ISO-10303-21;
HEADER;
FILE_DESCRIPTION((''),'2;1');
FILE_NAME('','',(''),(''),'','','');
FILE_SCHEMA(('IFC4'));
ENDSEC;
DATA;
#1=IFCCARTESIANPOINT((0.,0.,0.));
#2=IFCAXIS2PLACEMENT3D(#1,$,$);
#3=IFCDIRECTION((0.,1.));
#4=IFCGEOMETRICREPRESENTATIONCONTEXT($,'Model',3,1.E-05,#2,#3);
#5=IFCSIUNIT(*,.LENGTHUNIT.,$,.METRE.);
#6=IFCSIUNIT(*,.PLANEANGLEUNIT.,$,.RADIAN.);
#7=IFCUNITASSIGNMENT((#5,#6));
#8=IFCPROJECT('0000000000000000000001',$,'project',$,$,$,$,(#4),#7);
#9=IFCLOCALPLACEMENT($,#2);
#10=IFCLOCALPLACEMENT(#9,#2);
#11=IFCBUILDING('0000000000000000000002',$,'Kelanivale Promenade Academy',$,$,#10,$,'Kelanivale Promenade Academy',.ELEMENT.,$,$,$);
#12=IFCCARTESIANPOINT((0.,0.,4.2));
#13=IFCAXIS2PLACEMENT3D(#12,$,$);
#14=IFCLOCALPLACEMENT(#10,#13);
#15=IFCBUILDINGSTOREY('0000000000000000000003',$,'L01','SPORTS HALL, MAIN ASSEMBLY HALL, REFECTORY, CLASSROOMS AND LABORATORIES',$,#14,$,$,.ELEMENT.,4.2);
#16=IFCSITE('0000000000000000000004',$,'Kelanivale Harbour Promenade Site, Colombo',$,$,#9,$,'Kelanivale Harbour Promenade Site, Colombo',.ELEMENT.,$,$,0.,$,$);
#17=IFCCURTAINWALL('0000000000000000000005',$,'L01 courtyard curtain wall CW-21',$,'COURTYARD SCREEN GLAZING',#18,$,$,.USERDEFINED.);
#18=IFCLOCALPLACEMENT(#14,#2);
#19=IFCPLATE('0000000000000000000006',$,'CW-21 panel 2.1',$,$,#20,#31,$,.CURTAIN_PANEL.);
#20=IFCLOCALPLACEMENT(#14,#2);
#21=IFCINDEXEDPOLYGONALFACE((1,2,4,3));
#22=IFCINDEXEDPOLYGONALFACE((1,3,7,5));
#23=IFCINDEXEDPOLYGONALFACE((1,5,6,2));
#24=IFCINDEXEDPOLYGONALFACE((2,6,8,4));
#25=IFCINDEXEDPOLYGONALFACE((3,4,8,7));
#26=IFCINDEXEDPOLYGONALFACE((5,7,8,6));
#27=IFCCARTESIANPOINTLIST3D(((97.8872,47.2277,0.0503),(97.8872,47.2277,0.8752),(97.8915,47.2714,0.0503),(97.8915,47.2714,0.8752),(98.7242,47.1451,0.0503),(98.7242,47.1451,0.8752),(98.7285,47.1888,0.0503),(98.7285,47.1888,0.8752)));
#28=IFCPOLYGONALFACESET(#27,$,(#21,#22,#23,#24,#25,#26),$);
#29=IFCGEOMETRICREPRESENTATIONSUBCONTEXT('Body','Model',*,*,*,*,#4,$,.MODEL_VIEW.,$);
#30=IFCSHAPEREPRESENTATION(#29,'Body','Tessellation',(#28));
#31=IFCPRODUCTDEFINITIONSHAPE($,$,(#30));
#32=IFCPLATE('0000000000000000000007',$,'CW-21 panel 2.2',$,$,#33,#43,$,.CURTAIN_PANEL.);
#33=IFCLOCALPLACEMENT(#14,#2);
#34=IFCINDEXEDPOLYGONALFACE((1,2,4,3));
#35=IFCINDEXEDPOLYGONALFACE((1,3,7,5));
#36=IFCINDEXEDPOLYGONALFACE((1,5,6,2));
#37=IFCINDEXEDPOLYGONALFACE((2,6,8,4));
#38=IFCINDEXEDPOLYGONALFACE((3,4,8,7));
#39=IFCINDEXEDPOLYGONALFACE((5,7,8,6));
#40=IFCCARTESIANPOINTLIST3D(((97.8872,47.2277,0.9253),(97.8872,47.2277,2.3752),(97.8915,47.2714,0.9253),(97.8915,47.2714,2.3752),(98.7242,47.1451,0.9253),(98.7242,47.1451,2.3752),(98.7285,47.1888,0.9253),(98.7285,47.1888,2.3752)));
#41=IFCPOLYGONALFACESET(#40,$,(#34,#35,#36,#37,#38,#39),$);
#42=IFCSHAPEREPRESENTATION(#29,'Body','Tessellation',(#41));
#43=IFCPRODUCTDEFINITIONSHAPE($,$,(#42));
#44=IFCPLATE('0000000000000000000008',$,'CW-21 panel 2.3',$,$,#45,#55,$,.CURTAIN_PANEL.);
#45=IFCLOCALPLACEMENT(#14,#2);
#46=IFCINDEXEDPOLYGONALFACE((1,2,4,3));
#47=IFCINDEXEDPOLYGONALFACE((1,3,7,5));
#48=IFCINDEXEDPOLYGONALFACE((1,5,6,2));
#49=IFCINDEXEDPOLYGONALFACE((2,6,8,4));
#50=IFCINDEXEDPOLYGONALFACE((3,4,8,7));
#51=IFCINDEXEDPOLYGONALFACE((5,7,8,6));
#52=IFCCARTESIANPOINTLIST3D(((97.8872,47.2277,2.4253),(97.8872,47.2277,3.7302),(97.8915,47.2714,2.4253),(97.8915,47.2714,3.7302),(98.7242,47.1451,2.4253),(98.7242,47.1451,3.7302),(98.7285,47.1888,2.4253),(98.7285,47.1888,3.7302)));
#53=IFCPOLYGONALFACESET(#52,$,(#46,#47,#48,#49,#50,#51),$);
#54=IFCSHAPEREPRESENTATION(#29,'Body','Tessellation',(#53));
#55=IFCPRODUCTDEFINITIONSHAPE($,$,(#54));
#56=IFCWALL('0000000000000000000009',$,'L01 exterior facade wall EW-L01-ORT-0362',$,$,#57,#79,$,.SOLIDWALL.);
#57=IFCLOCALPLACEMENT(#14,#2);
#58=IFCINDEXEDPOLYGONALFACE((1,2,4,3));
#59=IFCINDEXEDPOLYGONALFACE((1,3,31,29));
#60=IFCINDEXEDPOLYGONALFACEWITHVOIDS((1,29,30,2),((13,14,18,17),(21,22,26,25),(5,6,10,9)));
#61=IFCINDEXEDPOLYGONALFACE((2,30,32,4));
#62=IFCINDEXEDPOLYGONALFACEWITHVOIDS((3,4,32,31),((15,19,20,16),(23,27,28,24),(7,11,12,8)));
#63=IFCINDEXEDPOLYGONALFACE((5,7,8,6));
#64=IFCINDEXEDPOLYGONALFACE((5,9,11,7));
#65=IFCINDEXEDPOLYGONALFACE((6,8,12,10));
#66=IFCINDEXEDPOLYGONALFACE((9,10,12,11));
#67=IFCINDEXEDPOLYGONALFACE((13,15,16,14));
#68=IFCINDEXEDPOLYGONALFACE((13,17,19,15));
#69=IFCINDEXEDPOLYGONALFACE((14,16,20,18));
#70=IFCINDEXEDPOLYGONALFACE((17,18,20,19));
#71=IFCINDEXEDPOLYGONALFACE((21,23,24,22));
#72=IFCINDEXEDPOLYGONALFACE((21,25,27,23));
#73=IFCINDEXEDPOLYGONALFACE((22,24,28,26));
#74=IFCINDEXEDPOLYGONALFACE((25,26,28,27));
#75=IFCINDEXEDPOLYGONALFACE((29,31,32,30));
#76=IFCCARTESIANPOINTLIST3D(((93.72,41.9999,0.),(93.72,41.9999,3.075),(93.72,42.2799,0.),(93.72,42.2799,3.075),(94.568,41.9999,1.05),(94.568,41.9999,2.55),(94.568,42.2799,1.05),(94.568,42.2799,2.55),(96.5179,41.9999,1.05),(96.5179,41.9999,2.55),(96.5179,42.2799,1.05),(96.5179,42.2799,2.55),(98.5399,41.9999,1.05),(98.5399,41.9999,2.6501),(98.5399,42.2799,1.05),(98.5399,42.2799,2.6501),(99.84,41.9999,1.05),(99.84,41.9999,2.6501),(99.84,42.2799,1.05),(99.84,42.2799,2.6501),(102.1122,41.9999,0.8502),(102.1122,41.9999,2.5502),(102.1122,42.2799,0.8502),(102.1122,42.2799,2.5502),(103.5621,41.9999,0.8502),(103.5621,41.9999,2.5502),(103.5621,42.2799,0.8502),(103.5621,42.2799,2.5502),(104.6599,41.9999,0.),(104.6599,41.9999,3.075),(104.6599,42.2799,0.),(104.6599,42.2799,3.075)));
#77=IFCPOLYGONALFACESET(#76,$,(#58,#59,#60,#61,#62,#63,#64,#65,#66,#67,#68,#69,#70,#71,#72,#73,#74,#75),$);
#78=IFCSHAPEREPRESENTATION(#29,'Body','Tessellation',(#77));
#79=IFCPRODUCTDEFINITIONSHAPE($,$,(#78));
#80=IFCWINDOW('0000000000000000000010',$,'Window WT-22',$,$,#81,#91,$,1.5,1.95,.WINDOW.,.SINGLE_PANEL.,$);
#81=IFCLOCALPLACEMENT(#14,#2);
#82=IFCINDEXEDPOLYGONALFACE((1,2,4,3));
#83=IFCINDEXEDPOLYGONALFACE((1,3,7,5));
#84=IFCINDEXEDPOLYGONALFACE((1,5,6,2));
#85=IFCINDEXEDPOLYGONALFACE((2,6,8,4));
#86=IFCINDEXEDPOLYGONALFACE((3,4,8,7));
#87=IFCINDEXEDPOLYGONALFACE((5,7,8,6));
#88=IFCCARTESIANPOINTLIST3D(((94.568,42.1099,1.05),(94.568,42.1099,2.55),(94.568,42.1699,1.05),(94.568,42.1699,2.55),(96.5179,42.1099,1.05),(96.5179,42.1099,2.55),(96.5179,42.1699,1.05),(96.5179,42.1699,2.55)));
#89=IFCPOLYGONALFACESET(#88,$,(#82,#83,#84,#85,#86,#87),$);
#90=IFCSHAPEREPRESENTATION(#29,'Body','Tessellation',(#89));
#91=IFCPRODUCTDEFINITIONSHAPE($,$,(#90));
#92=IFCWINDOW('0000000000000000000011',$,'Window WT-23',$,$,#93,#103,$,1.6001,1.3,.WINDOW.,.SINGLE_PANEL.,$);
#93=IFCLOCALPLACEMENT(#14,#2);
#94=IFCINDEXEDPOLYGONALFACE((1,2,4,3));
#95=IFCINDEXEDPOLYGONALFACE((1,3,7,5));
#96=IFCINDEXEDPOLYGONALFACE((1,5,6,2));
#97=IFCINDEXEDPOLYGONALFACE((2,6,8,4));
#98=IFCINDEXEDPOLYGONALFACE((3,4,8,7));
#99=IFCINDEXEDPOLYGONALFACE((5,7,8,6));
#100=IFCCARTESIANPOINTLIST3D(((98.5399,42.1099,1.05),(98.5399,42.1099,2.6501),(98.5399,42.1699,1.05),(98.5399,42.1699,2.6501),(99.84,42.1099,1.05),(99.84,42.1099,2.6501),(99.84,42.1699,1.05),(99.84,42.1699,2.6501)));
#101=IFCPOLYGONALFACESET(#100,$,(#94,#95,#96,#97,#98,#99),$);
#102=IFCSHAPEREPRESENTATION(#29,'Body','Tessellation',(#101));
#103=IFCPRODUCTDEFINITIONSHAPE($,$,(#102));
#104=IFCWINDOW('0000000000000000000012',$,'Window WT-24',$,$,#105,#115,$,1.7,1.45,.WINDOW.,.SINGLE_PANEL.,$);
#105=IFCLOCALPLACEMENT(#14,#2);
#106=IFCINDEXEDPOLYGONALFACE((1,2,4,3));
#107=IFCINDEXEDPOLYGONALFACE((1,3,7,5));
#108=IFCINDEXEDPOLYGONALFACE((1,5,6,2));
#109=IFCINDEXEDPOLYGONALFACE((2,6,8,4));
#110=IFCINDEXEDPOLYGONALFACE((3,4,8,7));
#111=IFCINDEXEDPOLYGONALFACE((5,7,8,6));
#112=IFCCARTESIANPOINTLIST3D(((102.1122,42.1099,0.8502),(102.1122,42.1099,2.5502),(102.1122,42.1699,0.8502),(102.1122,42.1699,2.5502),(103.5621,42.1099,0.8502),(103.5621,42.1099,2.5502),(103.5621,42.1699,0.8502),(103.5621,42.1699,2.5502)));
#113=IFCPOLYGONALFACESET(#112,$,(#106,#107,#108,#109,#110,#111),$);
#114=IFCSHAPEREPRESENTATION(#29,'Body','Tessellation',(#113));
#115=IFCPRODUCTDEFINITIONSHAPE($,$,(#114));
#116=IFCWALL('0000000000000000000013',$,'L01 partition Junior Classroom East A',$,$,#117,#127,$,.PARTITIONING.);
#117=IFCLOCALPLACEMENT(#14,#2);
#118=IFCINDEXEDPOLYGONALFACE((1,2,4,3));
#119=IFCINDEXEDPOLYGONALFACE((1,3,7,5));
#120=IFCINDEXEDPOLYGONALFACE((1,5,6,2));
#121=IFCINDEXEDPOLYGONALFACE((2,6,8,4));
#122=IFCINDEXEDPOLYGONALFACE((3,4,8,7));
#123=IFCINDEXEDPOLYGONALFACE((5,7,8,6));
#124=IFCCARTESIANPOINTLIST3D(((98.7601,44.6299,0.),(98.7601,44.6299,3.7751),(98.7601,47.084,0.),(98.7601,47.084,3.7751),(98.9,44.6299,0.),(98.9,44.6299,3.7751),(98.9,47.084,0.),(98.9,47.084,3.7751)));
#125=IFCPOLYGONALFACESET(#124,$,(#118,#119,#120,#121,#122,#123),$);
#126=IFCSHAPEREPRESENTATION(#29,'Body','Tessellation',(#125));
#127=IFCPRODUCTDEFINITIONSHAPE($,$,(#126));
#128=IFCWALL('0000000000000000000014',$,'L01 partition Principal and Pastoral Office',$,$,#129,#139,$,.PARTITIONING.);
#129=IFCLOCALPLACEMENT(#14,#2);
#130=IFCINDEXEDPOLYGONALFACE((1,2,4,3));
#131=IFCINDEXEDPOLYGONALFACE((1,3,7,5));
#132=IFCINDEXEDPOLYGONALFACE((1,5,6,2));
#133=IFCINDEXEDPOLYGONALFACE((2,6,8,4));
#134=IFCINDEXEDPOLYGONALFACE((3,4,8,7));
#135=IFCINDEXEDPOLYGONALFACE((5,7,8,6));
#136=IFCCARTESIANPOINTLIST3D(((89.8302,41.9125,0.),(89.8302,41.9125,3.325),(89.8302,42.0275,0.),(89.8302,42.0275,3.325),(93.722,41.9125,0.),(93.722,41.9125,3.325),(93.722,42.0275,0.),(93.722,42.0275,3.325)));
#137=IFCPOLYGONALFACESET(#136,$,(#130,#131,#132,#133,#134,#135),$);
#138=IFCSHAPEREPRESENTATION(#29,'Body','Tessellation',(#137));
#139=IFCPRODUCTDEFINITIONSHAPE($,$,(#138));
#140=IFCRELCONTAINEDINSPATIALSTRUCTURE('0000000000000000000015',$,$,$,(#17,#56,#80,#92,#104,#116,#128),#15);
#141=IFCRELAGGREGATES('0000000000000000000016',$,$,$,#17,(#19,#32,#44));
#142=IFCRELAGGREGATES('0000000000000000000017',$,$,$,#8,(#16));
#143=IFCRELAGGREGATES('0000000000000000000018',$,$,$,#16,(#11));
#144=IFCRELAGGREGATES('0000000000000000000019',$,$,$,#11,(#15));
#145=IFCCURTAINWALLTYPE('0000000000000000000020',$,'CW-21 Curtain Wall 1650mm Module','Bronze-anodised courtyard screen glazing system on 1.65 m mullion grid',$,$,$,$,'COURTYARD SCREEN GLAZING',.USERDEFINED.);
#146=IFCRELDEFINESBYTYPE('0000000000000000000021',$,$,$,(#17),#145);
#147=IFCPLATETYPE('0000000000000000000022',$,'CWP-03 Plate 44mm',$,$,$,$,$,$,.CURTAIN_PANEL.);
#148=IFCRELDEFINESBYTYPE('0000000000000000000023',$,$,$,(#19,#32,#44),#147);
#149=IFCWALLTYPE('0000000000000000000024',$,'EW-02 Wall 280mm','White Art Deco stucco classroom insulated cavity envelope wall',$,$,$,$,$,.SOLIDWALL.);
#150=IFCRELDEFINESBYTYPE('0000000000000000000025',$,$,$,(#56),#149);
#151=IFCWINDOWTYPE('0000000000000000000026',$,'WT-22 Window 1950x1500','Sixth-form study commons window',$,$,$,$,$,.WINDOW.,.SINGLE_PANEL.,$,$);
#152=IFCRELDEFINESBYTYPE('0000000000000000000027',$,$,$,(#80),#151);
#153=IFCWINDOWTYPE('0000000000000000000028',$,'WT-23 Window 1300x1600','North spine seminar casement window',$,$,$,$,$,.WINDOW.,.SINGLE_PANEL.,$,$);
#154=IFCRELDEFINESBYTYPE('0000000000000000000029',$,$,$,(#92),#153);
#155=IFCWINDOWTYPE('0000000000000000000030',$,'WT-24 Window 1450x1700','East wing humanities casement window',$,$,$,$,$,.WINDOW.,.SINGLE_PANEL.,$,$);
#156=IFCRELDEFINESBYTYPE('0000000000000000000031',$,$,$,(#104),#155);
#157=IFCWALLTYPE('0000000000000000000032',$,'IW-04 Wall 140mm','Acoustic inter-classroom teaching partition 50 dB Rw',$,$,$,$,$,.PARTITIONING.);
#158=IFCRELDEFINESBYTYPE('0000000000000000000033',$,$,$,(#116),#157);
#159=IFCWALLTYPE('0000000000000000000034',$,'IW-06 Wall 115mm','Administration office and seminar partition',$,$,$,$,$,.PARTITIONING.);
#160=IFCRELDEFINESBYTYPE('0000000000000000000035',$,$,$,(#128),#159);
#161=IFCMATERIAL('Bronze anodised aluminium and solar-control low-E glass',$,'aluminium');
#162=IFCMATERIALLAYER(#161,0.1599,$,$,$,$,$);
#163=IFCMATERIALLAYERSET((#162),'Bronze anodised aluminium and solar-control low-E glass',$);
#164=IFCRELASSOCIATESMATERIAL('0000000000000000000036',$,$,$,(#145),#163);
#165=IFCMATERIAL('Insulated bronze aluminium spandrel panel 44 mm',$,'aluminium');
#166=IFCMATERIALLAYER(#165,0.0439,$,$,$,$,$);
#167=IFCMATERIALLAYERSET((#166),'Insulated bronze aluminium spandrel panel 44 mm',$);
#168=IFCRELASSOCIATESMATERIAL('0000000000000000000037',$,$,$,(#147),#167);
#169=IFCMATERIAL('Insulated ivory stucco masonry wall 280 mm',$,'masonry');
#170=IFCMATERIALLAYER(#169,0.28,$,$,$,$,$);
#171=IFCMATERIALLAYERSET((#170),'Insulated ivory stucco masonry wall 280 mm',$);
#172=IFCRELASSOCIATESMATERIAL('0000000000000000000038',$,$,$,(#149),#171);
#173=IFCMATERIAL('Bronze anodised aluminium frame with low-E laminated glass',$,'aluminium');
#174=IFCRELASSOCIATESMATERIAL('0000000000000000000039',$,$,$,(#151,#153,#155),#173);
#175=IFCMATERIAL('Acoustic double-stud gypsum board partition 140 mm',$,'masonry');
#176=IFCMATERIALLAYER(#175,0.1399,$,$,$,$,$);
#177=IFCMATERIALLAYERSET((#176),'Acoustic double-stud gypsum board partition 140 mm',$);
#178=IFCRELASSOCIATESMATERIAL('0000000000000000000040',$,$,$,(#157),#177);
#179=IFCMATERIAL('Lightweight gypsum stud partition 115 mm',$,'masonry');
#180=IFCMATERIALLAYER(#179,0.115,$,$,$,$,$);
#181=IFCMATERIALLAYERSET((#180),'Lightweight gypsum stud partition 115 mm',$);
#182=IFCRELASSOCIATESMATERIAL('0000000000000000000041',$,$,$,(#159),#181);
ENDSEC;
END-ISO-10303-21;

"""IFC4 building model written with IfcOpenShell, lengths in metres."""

from ifc_helpers import new_model, si_unit, direction, frame, frame_2d, origin, origin_2d, place, context, subcontext, project, spatial, rectangle, extrude, material, layer, layer_set, type_object, element, fill, aggregate, save


model = new_model("IFC4")

# Units and contexts
model_context = context("Model", 3, precision=1e-05, world=origin(), true_north=direction((0.0, 1.0)))
body_context = subcontext(model_context, "Body", "Model", "MODEL_VIEW")
ifc_project = project(units=[si_unit("LENGTHUNIT", "METRE"), si_unit("PLANEANGLEUNIT", "RADIAN")], contexts=[model_context])

# Site, building, storey
site_placement = place(None, origin())
site = spatial("IfcSite", under=ifc_project, at=site_placement, Name="Kelanivale Harbour Promenade Site, Colombo", LongName="Kelanivale Harbour Promenade Site, Colombo", CompositionType="ELEMENT", RefElevation=0.0)
building_placement = place(site_placement, origin())
building = spatial("IfcBuilding", under=site, at=building_placement, Name="Kelanivale Promenade Academy", LongName="Kelanivale Promenade Academy", CompositionType="ELEMENT")
storey_placement = place(building_placement, frame((0.0, 0.0, 4.2)))
storey = spatial("IfcBuildingStorey", under=building, at=storey_placement, Name="L01", Description="SPORTS HALL, MAIN ASSEMBLY HALL, REFECTORY, CLASSROOMS AND LABORATORIES", CompositionType="ELEMENT", Elevation=4.2)

# Curtain wall
ifc_material_1 = material(Name="Bronze anodised aluminium and solar-control low-E glass", Category="aluminium")
ifc_layer_1 = layer(ifc_material_1, 0.1599)
ifc_layer_set_1 = layer_set([ifc_layer_1], Name="Bronze anodised aluminium and solar-control low-E glass")
curtain_wall_type = type_object("IfcCurtainWallType", Name="CW-21 Curtain Wall 1650mm Module", Description="Bronze-anodised courtyard screen glazing system on 1.65 m mullion grid", ElementType="COURTYARD SCREEN GLAZING", PredefinedType="USERDEFINED", material=ifc_layer_set_1)
curtain_wall_placement = place(storey_placement, origin())
curtain_wall = element("IfcCurtainWall", 1, at=curtain_wall_placement, inside=storey, type_object=curtain_wall_type, Name="L01 courtyard curtain wall CW-21", ObjectType="COURTYARD SCREEN GLAZING", PredefinedType="USERDEFINED")

# Plates
ifc_material_2 = material(Name="Insulated bronze aluminium spandrel panel 44 mm", Category="aluminium")
ifc_layer_2 = layer(ifc_material_2, 0.0439)
ifc_layer_set_2 = layer_set([ifc_layer_2], Name="Insulated bronze aluminium spandrel panel 44 mm")
plate_type = type_object("IfcPlateType", Name="CWP-03 Plate 44mm", PredefinedType="CURTAIN_PANEL", material=ifc_layer_set_2)
plate_1_placement = place(storey_placement, frame((98.3079, 47.2083, 0.0503), z_axis=(0.0, 0.0, 1.0), x_axis=(0.995159, -0.098281, 0.0)))
plate_1 = element("IfcPlate", 2, at=plate_1_placement, type_object=plate_type, Name="CW-21 panel 2.1", PredefinedType="CURTAIN_PANEL", context=body_context, shape_type="SweptSolid", body=[
    extrude(rectangle(XDim=0.8411, YDim=0.0439, at=origin_2d()), origin(), (0.0, 0.0, 1.0), 0.825),
])
plate_2_placement = place(storey_placement, frame((98.3079, 47.2083, 0.9253), z_axis=(0.0, 0.0, 1.0), x_axis=(0.995159, -0.098281, 0.0)))
plate_2 = element("IfcPlate", 3, at=plate_2_placement, type_object=plate_type, Name="CW-21 panel 2.2", PredefinedType="CURTAIN_PANEL", context=body_context, shape_type="SweptSolid", body=[
    extrude(rectangle(XDim=0.8411, YDim=0.0439, at=origin_2d()), origin(), (0.0, 0.0, 1.0), 1.45),
])
plate_3_placement = place(storey_placement, frame((98.3079, 47.2083, 2.4253), z_axis=(0.0, 0.0, 1.0), x_axis=(0.995159, -0.098281, 0.0)))
plate_3 = element("IfcPlate", 4, at=plate_3_placement, type_object=plate_type, Name="CW-21 panel 2.3", PredefinedType="CURTAIN_PANEL", context=body_context, shape_type="SweptSolid", body=[
    extrude(rectangle(XDim=0.8411, YDim=0.0439, at=origin_2d()), origin(), (0.0, 0.0, 1.0), 1.3049),
])
aggregate(curtain_wall, [plate_1, plate_2, plate_3])

# Wall, openings, windows
ifc_material_3 = material(Name="Insulated ivory stucco masonry wall 280 mm", Category="masonry")
ifc_layer_3 = layer(ifc_material_3, 0.28)
ifc_layer_set_3 = layer_set([ifc_layer_3], Name="Insulated ivory stucco masonry wall 280 mm")
wall_type_1 = type_object("IfcWallType", Name="EW-02 Wall 280mm", Description="White Art Deco stucco classroom insulated cavity envelope wall", PredefinedType="SOLIDWALL", material=ifc_layer_set_3)
wall_1_placement = place(storey_placement, frame((93.72, 42.1399, 0.0), z_axis=(0.0, 0.0, 1.0), x_axis=(1.0, 0.0, 0.0)))
wall_1 = element("IfcWall", 5, at=wall_1_placement, inside=storey, type_object=wall_type_1, Name="L01 exterior facade wall EW-L01-ORT-0362", PredefinedType="SOLIDWALL", context=body_context, shape_type="SweptSolid", body=[
    extrude(rectangle(XDim=10.9399, YDim=0.28, at=frame_2d((5.47, 0.0))), origin(), (0.0, 0.0, 1.0), 3.075),
])
opening_1_placement = place(wall_1_placement, frame((0.8479, 0.0, 1.05)))
opening_1 = element("IfcOpeningElement", 6, at=opening_1_placement, cuts=wall_1, PredefinedType="OPENING", context=body_context, shape_type="SweptSolid", body=[
    extrude(rectangle(XDim=1.95, YDim=1.5, at=frame_2d((0.9751, 0.75))), frame((0.0, 0.1499, 0.0), z_axis=(0.0, -1.0, 0.0), x_axis=(1.0, 0.0, 0.0)), (0.0, 0.0, 1.0), 0.3),
])
opening_2_placement = place(wall_1_placement, frame((4.8201, 0.0, 1.05)))
opening_2 = element("IfcOpeningElement", 7, at=opening_2_placement, cuts=wall_1, PredefinedType="OPENING", context=body_context, shape_type="SweptSolid", body=[
    extrude(rectangle(XDim=1.3, YDim=1.6001, at=frame_2d((0.6499, 0.8))), frame((0.0, 0.1499, 0.0), z_axis=(0.0, -1.0, 0.0), x_axis=(1.0, 0.0, 0.0)), (0.0, 0.0, 1.0), 0.3),
])
opening_3_placement = place(wall_1_placement, frame((8.3921, 0.0, 0.8501)))
opening_3 = element("IfcOpeningElement", 8, at=opening_3_placement, cuts=wall_1, PredefinedType="OPENING", context=body_context, shape_type="SweptSolid", body=[
    extrude(rectangle(XDim=1.45, YDim=1.7, at=frame_2d((0.7251, 0.8501))), frame((0.0, 0.1499, 0.0), z_axis=(0.0, -1.0, 0.0), x_axis=(1.0, 0.0, 0.0)), (0.0, 0.0, 1.0), 0.3),
])
ifc_material_4 = material(Name="Bronze anodised aluminium frame with low-E laminated glass", Category="aluminium")
window_type_1 = type_object("IfcWindowType", Name="WT-22 Window 1950x1500", Description="Sixth-form study commons window", PartitioningType="SINGLE_PANEL", PredefinedType="WINDOW", material=ifc_material_4)
window_1_placement = place(opening_1_placement, origin())
window_1 = element("IfcWindow", 9, at=window_1_placement, inside=storey, type_object=window_type_1, Name="Window WT-22", OverallHeight=1.5, OverallWidth=1.95, PartitioningType="SINGLE_PANEL", PredefinedType="WINDOW", context=body_context, shape_type="SweptSolid", body=[
    extrude(rectangle(XDim=1.95, YDim=1.5, at=frame_2d((0.9751, 0.75))), frame((0.0, 0.03, 0.0), z_axis=(0.0, -1.0, 0.0), x_axis=(1.0, 0.0, 0.0)), (0.0, 0.0, 1.0), 0.0601),
])
fill(opening_1, window_1)
window_type_2 = type_object("IfcWindowType", Name="WT-23 Window 1300x1600", Description="North spine seminar casement window", PartitioningType="SINGLE_PANEL", PredefinedType="WINDOW", material=ifc_material_4)
window_2_placement = place(opening_2_placement, origin())
window_2 = element("IfcWindow", 10, at=window_2_placement, inside=storey, type_object=window_type_2, Name="Window WT-23", OverallHeight=1.6001, OverallWidth=1.3, PartitioningType="SINGLE_PANEL", PredefinedType="WINDOW", context=body_context, shape_type="SweptSolid", body=[
    extrude(rectangle(XDim=1.3, YDim=1.6001, at=frame_2d((0.6499, 0.8))), frame((0.0, 0.03, 0.0), z_axis=(0.0, -1.0, 0.0), x_axis=(1.0, 0.0, 0.0)), (0.0, 0.0, 1.0), 0.0601),
])
fill(opening_2, window_2)
window_type_3 = type_object("IfcWindowType", Name="WT-24 Window 1450x1700", Description="East wing humanities casement window", PartitioningType="SINGLE_PANEL", PredefinedType="WINDOW", material=ifc_material_4)
window_3_placement = place(opening_3_placement, origin())
window_3 = element("IfcWindow", 11, at=window_3_placement, inside=storey, type_object=window_type_3, Name="Window WT-24", OverallHeight=1.7, OverallWidth=1.45, PartitioningType="SINGLE_PANEL", PredefinedType="WINDOW", context=body_context, shape_type="SweptSolid", body=[
    extrude(rectangle(XDim=1.45, YDim=1.7, at=frame_2d((0.7251, 0.8501))), frame((0.0, 0.03, 0.0), z_axis=(0.0, -1.0, 0.0), x_axis=(1.0, 0.0, 0.0)), (0.0, 0.0, 1.0), 0.0601),
])
fill(opening_3, window_3)

# Walls
ifc_material_5 = material(Name="Acoustic double-stud gypsum board partition 140 mm", Category="masonry")
ifc_layer_4 = layer(ifc_material_5, 0.1399)
ifc_layer_set_4 = layer_set([ifc_layer_4], Name="Acoustic double-stud gypsum board partition 140 mm")
wall_type_2 = type_object("IfcWallType", Name="IW-04 Wall 140mm", Description="Acoustic inter-classroom teaching partition 50 dB Rw", PredefinedType="PARTITIONING", material=ifc_layer_set_4)
wall_2_placement = place(storey_placement, frame((98.8301, 47.084, 0.0), z_axis=(0.0, 0.0, 1.0), x_axis=(0.0, -1.0, 0.0)))
element("IfcWall", 12, at=wall_2_placement, inside=storey, type_object=wall_type_2, Name="L01 partition Junior Classroom East A", PredefinedType="PARTITIONING", context=body_context, shape_type="SweptSolid", body=[
    extrude(rectangle(XDim=2.4541, YDim=0.1399, at=frame_2d((1.2271, 0.0))), origin(), (0.0, 0.0, 1.0), 3.7751),
])
ifc_material_6 = material(Name="Lightweight gypsum stud partition 115 mm", Category="masonry")
ifc_layer_5 = layer(ifc_material_6, 0.115)
ifc_layer_set_5 = layer_set([ifc_layer_5], Name="Lightweight gypsum stud partition 115 mm")
wall_type_3 = type_object("IfcWallType", Name="IW-06 Wall 115mm", Description="Administration office and seminar partition", PredefinedType="PARTITIONING", material=ifc_layer_set_5)
wall_3_placement = place(storey_placement, frame((93.7219, 41.97, 0.0), z_axis=(0.0, 0.0, 1.0), x_axis=(-1.0, 0.0, 0.0)))
element("IfcWall", 13, at=wall_3_placement, inside=storey, type_object=wall_type_3, Name="L01 partition Principal and Pastoral Office", PredefinedType="PARTITIONING", context=body_context, shape_type="SweptSolid", body=[
    extrude(rectangle(XDim=3.8918, YDim=0.115, at=frame_2d((1.9458, 0.0))), origin(), (0.0, 0.0, 1.0), 3.325),
])

save(model, "model.ifc")
